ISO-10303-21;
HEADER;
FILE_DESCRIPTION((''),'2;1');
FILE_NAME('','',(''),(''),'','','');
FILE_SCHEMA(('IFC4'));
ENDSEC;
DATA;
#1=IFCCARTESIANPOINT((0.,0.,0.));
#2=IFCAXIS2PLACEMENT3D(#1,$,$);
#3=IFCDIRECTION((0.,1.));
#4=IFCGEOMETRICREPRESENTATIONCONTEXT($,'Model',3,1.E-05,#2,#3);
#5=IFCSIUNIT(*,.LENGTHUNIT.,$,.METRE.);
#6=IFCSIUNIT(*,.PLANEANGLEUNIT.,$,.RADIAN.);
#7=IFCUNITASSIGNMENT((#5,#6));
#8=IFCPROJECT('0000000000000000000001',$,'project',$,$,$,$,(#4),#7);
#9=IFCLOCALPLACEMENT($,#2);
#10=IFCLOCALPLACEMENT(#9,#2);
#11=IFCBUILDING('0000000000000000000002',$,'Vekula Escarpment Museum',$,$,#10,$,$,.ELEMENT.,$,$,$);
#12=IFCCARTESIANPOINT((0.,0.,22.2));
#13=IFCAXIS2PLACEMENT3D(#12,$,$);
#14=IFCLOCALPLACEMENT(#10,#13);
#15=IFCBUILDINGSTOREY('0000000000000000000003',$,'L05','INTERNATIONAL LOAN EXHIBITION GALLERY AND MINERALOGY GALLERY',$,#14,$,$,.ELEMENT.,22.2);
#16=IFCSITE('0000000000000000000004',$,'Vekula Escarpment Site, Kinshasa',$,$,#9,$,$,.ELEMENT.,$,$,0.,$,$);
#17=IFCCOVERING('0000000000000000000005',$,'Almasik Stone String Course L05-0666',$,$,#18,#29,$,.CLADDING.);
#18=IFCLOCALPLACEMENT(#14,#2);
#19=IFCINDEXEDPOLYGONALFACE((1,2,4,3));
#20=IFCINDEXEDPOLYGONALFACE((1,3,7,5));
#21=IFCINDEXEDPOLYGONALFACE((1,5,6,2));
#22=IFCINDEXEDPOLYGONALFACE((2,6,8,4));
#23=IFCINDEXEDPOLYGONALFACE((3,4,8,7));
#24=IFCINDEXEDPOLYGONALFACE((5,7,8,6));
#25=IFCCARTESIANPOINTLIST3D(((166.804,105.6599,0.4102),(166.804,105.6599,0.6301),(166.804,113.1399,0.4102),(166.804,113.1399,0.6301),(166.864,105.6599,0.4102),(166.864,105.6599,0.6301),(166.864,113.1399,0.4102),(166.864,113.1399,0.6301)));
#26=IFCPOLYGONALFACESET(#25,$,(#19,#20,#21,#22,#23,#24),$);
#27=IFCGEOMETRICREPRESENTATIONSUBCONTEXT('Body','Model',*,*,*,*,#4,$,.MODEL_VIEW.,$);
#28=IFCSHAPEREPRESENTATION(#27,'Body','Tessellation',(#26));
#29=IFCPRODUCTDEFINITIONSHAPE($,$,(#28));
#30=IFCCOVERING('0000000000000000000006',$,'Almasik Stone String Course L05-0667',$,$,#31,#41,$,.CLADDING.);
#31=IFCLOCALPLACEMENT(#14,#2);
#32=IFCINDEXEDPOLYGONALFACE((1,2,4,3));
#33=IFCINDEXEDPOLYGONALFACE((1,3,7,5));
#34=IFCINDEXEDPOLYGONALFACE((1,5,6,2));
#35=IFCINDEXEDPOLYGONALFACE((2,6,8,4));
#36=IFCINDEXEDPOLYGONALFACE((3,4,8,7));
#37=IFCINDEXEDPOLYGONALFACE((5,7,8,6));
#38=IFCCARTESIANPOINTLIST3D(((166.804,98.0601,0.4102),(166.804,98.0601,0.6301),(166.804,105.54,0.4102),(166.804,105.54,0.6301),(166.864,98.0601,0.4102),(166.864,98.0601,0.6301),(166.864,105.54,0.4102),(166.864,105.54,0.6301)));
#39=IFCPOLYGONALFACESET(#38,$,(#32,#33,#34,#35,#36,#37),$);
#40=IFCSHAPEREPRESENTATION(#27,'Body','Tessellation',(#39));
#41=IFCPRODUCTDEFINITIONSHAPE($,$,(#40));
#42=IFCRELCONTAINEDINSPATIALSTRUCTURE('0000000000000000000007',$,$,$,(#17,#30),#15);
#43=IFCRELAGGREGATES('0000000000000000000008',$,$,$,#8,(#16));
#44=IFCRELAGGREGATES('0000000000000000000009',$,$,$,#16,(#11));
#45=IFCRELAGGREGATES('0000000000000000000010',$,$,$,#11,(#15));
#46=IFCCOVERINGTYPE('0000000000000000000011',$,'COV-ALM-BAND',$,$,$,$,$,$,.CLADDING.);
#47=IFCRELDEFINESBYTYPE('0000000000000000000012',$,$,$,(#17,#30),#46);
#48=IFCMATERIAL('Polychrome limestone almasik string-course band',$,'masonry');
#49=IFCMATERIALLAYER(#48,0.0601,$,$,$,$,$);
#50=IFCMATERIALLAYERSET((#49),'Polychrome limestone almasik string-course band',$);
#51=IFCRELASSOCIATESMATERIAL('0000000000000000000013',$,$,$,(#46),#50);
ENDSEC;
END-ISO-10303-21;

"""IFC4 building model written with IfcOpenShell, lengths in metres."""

from ifc_helpers import new_model, si_unit, direction, frame, origin, origin_2d, place, context, subcontext, project, spatial, rectangle, extrude, material, layer, layer_set, type_object, element, save


model = new_model("IFC4")

# Units and contexts
model_context = context("Model", 3, precision=1e-05, world=origin(), true_north=direction((0.0, 1.0)))
body_context = subcontext(model_context, "Body", "Model", "MODEL_VIEW")
ifc_project = project(units=[si_unit("LENGTHUNIT", "METRE"), si_unit("PLANEANGLEUNIT", "RADIAN")], contexts=[model_context])

# Site, building, storey
site_placement = place(None, origin())
site = spatial("IfcSite", under=ifc_project, at=site_placement, Name="Vekula Escarpment Site, Kinshasa", CompositionType="ELEMENT", RefElevation=0.0)
building_placement = place(site_placement, origin())
building = spatial("IfcBuilding", under=site, at=building_placement, Name="Vekula Escarpment Museum", CompositionType="ELEMENT")
storey_placement = place(building_placement, frame((0.0, 0.0, 22.2)))
storey = spatial("IfcBuildingStorey", under=building, at=storey_placement, Name="L05", Description="INTERNATIONAL LOAN EXHIBITION GALLERY AND MINERALOGY GALLERY", CompositionType="ELEMENT", Elevation=22.2)

# Coverings
ifc_material_1 = material(Name="Polychrome limestone almasik string-course band", Category="masonry")
ifc_layer_1 = layer(ifc_material_1, 0.0601)
ifc_layer_set_1 = layer_set([ifc_layer_1], Name="Polychrome limestone almasik string-course band")
covering_type = type_object("IfcCoveringType", Name="COV-ALM-BAND", PredefinedType="CLADDING", material=ifc_layer_set_1)
for number, where, z_axis, x_axis, name in (
    (1, (166.834, 109.3999, 0.4102), (0.0, 0.0, 1.0), (0.0, 1.0, 0.0), "Almasik Stone String Course L05-0666"),
    (2, (166.834, 101.8, 0.4102), (0.0, 0.0, 1.0), (0.0, 1.0, 0.0), "Almasik Stone String Course L05-0667"),
):
    element("IfcCovering", number, at=place(storey_placement, frame(where, z_axis=z_axis, x_axis=x_axis)), inside=storey, type_object=covering_type, Name=name, PredefinedType="CLADDING", context=body_context, shape_type="SweptSolid", body=[
        extrude(rectangle(XDim=7.48, YDim=0.0601, at=origin_2d()), origin(), (0.0, 0.0, 1.0), 0.22),
    ])

save(model, "model.ifc")
